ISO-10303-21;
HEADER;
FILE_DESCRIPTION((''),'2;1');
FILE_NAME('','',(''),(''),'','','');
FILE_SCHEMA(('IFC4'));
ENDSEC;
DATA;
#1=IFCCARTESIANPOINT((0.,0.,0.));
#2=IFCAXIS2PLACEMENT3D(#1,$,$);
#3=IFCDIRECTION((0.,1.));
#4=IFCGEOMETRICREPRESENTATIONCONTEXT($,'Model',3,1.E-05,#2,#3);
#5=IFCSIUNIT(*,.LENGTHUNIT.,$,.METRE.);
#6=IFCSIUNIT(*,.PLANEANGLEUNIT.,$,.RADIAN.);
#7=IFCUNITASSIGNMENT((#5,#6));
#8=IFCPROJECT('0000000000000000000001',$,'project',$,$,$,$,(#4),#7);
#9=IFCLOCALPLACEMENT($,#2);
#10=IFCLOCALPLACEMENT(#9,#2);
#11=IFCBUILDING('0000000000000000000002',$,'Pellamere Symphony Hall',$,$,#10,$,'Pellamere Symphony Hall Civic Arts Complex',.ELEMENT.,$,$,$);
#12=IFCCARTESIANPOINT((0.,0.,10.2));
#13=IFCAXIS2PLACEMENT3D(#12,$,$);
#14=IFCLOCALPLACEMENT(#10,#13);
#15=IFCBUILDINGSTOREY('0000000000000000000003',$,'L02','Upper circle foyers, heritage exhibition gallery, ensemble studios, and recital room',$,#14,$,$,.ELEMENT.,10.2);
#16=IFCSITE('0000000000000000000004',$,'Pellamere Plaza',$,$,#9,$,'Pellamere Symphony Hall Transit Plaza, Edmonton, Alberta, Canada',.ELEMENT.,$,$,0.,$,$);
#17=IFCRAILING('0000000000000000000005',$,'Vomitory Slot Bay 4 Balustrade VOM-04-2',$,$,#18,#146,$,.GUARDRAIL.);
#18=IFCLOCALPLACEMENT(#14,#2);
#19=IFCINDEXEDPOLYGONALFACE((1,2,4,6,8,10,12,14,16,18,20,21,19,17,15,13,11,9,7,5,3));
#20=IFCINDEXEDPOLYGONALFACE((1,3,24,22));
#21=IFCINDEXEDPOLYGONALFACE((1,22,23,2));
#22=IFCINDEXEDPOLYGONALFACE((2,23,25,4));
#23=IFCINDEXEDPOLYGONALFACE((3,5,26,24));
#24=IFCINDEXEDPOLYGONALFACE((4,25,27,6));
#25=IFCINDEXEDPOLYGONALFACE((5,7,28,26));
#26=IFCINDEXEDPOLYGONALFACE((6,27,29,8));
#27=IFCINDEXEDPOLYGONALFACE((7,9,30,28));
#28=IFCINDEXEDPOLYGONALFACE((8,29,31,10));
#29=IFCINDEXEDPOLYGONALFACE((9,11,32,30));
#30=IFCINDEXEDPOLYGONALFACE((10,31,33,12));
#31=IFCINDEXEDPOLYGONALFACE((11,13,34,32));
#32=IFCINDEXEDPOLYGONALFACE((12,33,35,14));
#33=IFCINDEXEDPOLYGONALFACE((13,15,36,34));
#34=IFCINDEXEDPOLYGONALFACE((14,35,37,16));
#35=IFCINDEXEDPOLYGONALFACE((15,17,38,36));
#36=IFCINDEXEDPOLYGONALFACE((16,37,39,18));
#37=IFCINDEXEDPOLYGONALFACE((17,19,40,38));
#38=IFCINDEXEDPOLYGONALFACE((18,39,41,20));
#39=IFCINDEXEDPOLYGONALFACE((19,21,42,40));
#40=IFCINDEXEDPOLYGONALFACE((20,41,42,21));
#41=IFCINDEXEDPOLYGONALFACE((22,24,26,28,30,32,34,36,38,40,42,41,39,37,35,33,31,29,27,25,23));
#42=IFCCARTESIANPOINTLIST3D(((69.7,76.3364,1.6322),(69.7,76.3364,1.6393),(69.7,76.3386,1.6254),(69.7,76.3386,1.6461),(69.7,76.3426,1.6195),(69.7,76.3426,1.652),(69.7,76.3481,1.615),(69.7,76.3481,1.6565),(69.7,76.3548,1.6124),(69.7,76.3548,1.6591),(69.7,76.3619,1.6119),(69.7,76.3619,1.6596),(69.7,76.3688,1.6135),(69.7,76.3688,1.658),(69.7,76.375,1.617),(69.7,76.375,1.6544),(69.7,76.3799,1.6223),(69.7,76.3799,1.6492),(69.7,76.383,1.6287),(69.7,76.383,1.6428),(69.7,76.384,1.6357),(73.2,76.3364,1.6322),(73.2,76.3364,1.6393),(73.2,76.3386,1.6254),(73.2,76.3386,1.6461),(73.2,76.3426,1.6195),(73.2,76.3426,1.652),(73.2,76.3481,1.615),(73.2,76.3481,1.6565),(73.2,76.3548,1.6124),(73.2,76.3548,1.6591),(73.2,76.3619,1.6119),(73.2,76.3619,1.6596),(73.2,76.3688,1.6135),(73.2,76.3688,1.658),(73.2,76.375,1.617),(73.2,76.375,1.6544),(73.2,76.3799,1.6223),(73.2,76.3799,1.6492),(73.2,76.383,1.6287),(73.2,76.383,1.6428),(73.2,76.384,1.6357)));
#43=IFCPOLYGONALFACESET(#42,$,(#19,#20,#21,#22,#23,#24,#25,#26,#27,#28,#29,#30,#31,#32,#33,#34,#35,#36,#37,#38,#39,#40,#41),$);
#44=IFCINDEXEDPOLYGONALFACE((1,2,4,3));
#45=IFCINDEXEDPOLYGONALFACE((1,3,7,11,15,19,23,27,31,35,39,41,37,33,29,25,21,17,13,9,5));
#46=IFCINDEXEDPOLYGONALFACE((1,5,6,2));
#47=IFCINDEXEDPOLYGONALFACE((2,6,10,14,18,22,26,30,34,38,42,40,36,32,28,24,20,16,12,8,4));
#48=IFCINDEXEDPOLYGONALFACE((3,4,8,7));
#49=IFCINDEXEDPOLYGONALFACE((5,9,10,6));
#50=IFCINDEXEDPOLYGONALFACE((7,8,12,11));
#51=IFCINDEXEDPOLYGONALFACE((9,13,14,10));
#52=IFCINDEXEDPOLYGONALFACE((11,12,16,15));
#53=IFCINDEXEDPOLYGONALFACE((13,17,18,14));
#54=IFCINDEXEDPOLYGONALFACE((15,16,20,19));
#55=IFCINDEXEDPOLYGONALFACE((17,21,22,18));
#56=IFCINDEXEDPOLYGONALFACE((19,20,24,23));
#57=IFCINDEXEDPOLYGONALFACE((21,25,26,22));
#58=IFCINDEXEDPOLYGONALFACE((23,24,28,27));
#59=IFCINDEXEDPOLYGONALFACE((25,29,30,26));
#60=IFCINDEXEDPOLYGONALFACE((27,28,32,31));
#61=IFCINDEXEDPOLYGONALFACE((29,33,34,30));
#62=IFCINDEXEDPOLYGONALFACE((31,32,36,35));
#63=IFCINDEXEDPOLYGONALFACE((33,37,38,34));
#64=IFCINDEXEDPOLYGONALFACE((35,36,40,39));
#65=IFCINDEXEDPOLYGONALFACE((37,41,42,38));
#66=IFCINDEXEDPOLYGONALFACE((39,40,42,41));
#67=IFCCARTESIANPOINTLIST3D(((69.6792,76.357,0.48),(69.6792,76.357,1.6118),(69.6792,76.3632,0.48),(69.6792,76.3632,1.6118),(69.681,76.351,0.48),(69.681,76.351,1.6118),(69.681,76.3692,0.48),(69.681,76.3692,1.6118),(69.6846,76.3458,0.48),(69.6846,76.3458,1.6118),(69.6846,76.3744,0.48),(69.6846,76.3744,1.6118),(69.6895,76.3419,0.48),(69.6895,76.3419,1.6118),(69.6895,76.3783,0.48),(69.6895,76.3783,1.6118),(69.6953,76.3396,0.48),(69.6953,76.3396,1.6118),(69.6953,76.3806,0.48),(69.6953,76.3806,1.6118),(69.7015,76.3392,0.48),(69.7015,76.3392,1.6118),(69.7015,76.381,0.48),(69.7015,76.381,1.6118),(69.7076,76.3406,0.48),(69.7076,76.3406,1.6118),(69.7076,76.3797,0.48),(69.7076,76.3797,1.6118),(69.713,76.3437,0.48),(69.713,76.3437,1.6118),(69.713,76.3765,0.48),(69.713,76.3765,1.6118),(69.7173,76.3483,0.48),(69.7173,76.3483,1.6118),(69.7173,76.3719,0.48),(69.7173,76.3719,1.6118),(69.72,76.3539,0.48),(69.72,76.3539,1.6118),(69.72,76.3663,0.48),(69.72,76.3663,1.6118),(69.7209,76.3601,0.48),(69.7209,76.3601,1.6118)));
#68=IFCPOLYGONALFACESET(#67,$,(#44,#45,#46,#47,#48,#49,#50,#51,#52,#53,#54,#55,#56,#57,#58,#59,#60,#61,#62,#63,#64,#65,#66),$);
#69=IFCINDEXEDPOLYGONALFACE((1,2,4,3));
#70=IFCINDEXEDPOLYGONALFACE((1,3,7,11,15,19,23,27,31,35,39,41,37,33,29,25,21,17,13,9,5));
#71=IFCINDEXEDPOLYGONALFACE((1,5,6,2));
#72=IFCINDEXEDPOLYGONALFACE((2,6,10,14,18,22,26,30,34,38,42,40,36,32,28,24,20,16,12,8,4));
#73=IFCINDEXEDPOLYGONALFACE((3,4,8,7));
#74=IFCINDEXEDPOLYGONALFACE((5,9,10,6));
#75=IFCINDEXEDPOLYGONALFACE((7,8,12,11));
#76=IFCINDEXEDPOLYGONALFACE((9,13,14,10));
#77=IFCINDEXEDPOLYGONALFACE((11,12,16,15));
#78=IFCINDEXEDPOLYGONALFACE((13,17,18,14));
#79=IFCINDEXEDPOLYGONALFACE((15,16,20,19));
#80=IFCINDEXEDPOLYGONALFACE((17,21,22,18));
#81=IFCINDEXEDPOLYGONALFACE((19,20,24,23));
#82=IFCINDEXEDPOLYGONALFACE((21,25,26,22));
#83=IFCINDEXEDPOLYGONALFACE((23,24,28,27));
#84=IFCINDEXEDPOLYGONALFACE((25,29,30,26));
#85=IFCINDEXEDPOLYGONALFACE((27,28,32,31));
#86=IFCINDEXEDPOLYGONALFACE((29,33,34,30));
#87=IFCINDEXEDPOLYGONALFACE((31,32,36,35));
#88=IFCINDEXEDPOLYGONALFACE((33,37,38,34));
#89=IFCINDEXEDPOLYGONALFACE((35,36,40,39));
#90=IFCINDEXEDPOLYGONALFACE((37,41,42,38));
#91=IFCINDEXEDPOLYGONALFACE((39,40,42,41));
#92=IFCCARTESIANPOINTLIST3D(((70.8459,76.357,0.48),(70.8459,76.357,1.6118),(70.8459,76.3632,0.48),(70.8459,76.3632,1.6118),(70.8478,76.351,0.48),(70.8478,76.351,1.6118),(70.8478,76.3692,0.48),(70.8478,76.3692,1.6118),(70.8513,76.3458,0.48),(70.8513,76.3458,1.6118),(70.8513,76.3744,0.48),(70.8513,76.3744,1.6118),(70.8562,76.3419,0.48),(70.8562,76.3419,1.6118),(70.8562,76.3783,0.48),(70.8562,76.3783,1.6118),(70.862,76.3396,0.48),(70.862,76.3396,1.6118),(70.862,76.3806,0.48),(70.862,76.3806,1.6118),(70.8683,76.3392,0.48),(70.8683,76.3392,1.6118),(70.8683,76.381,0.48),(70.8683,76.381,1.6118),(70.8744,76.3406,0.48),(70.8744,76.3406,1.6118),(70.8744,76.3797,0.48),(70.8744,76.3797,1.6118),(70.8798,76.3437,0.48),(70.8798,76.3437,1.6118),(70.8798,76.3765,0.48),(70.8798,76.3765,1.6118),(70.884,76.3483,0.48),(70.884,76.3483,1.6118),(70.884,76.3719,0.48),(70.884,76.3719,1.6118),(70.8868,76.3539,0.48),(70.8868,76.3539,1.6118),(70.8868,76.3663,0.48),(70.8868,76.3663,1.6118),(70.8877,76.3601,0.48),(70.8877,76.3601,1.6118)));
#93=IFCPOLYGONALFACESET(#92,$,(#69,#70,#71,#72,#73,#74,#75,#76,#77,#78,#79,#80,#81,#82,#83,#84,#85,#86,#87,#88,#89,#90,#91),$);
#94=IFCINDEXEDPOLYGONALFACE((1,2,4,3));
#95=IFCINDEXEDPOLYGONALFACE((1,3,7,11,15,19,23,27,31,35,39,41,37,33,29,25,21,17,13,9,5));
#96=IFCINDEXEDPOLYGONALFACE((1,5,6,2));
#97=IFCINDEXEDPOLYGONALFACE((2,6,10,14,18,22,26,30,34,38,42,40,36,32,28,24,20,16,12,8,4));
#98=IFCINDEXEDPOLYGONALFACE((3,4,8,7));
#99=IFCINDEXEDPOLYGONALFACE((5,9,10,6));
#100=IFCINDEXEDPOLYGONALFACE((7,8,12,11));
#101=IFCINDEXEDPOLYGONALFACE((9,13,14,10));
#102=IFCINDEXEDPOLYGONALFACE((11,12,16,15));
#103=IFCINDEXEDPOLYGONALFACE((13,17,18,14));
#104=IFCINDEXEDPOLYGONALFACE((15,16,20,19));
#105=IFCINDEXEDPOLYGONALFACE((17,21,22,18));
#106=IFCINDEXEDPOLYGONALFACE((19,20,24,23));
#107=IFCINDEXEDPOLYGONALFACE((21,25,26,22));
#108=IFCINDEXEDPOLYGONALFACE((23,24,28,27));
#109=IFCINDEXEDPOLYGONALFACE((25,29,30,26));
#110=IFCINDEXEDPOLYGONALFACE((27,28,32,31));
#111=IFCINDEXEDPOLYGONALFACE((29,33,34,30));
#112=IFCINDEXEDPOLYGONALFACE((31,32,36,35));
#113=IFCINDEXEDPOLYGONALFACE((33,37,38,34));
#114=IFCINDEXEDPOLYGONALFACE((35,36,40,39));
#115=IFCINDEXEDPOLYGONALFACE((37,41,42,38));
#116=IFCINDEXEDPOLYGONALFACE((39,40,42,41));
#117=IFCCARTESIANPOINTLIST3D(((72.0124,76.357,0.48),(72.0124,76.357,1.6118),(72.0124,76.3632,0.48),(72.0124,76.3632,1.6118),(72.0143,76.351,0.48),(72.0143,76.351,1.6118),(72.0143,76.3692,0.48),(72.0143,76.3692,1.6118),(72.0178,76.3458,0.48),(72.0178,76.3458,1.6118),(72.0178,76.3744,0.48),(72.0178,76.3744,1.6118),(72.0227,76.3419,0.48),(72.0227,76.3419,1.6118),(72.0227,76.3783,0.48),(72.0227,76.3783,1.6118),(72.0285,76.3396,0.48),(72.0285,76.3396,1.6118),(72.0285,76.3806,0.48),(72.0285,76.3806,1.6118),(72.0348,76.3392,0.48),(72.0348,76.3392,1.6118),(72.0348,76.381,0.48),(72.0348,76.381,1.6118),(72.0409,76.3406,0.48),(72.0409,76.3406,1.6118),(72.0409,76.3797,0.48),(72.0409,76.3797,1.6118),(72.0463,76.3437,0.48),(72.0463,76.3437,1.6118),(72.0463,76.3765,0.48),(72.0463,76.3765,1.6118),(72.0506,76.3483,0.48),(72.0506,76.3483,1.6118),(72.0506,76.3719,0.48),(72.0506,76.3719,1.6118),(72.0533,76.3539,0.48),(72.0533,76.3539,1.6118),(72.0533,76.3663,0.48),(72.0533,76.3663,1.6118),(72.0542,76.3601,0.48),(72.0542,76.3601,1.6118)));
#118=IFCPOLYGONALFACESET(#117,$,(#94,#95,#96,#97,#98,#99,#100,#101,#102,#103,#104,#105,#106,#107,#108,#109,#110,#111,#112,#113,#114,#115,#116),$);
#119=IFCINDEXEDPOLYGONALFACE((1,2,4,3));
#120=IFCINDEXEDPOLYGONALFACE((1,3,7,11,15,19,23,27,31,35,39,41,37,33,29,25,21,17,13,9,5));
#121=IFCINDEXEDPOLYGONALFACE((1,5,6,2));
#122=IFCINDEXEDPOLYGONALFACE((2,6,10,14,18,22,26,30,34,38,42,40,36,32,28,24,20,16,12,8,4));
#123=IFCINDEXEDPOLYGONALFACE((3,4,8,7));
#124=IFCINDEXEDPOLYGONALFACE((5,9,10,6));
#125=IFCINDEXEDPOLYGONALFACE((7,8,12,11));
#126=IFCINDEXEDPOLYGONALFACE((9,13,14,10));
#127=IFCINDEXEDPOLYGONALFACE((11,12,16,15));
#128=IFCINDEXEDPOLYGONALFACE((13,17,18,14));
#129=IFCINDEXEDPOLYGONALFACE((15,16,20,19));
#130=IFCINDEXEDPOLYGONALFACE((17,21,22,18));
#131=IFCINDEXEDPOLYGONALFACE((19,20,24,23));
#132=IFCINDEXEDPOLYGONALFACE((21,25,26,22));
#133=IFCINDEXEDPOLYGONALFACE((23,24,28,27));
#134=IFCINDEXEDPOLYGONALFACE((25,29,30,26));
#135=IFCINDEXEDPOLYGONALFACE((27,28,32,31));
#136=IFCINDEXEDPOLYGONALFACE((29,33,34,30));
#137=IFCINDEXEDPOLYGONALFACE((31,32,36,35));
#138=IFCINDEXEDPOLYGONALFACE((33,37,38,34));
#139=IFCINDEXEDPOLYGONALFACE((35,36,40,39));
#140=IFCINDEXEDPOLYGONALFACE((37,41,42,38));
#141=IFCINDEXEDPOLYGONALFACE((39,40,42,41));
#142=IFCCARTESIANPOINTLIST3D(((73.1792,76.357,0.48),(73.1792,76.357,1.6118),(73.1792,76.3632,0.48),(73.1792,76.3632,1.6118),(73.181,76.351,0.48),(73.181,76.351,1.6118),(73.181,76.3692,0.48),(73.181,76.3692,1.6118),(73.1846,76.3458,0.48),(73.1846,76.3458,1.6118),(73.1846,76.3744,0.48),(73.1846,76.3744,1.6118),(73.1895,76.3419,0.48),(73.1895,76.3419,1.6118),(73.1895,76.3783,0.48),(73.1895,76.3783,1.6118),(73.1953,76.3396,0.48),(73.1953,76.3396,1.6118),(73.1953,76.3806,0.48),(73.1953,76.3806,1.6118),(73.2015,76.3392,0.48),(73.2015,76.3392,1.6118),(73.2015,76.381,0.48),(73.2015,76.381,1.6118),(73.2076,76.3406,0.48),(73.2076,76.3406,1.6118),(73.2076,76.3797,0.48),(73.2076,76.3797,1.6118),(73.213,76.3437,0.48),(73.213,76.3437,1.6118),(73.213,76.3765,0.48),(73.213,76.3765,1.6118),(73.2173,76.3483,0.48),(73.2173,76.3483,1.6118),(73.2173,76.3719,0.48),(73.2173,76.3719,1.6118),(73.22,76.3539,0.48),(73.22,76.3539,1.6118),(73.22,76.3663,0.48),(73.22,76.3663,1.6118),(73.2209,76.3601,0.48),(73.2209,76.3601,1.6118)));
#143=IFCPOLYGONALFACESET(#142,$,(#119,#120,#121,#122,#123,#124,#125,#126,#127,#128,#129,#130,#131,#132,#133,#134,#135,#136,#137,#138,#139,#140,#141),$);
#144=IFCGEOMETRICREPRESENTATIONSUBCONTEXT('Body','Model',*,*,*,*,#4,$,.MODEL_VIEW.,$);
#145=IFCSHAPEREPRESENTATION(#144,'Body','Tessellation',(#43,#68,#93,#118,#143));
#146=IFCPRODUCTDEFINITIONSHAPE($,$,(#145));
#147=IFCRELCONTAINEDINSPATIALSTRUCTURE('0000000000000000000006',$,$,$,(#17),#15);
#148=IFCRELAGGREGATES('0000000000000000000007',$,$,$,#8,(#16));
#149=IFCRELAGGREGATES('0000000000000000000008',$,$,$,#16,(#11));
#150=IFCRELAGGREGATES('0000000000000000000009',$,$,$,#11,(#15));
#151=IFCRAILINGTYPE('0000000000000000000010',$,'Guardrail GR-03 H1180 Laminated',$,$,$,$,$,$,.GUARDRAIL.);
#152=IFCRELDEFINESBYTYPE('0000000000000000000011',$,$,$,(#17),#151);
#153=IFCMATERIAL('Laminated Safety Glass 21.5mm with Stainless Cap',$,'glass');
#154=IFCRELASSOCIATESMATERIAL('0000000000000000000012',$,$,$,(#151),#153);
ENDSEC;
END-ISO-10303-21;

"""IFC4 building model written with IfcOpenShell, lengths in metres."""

from ifc_helpers import new_model, si_unit, direction, frame, origin, origin_2d, place, context, subcontext, project, spatial, circle, extrude, material, type_object, element, save


model = new_model("IFC4")

# Units and contexts
model_context = context("Model", 3, precision=1e-05, world=origin(), true_north=direction((0.0, 1.0)))
body_context = subcontext(model_context, "Body", "Model", "MODEL_VIEW")
ifc_project = project(units=[si_unit("LENGTHUNIT", "METRE"), si_unit("PLANEANGLEUNIT", "RADIAN")], contexts=[model_context])

# Site, building, storey
site_placement = place(None, origin())
site = spatial("IfcSite", under=ifc_project, at=site_placement, Name="Pellamere Plaza", LongName="Pellamere Symphony Hall Transit Plaza, Edmonton, Alberta, Canada", CompositionType="ELEMENT", RefElevation=0.0)
building_placement = place(site_placement, origin())
building = spatial("IfcBuilding", under=site, at=building_placement, Name="Pellamere Symphony Hall", LongName="Pellamere Symphony Hall Civic Arts Complex", CompositionType="ELEMENT")
storey_placement = place(building_placement, frame((0.0, 0.0, 10.2)))
storey = spatial("IfcBuildingStorey", under=building, at=storey_placement, Name="L02", Description="Upper circle foyers, heritage exhibition gallery, ensemble studios, and recital room", CompositionType="ELEMENT", Elevation=10.2)

# Railing
ifc_material_1 = material(Name="Laminated Safety Glass 21.5mm with Stainless Cap", Category="glass")
railing_type_1 = type_object("IfcRailingType", Name="Guardrail GR-03 H1180 Laminated", PredefinedType="GUARDRAIL", material=ifc_material_1)
for number, where, name in (
    (1, (69.7, 76.3601, 0.48), "Vomitory Slot Bay 4 Balustrade VOM-04-2"),
):
    element("IfcRailing", number, at=place(storey_placement, frame(where)), inside=storey, type_object=railing_type_1, Name=name, PredefinedType="GUARDRAIL", context=body_context, shape_type="SweptSolid", body=[
        extrude(circle(Radius=0.0239, at=origin_2d()), frame((0.0, 0.0, 1.1558), z_axis=(1.0, 0.0, 0.0), x_axis=(0.0, 1.0, 0.0)), (0.0, 0.0, 1.0), 3.5),
        extrude(circle(Radius=0.021, at=origin_2d()), origin(), (0.0, 0.0, 1.0), 1.1318),
        extrude(circle(Radius=0.021, at=origin_2d()), frame((1.1667, 0.0, 0.0)), (0.0, 0.0, 1.0), 1.1318),
        extrude(circle(Radius=0.021, at=origin_2d()), frame((2.3333, 0.0, 0.0)), (0.0, 0.0, 1.0), 1.1318),
        extrude(circle(Radius=0.021, at=origin_2d()), frame((3.5, 0.0, 0.0)), (0.0, 0.0, 1.0), 1.1318),
    ])

save(model, "model.ifc")
